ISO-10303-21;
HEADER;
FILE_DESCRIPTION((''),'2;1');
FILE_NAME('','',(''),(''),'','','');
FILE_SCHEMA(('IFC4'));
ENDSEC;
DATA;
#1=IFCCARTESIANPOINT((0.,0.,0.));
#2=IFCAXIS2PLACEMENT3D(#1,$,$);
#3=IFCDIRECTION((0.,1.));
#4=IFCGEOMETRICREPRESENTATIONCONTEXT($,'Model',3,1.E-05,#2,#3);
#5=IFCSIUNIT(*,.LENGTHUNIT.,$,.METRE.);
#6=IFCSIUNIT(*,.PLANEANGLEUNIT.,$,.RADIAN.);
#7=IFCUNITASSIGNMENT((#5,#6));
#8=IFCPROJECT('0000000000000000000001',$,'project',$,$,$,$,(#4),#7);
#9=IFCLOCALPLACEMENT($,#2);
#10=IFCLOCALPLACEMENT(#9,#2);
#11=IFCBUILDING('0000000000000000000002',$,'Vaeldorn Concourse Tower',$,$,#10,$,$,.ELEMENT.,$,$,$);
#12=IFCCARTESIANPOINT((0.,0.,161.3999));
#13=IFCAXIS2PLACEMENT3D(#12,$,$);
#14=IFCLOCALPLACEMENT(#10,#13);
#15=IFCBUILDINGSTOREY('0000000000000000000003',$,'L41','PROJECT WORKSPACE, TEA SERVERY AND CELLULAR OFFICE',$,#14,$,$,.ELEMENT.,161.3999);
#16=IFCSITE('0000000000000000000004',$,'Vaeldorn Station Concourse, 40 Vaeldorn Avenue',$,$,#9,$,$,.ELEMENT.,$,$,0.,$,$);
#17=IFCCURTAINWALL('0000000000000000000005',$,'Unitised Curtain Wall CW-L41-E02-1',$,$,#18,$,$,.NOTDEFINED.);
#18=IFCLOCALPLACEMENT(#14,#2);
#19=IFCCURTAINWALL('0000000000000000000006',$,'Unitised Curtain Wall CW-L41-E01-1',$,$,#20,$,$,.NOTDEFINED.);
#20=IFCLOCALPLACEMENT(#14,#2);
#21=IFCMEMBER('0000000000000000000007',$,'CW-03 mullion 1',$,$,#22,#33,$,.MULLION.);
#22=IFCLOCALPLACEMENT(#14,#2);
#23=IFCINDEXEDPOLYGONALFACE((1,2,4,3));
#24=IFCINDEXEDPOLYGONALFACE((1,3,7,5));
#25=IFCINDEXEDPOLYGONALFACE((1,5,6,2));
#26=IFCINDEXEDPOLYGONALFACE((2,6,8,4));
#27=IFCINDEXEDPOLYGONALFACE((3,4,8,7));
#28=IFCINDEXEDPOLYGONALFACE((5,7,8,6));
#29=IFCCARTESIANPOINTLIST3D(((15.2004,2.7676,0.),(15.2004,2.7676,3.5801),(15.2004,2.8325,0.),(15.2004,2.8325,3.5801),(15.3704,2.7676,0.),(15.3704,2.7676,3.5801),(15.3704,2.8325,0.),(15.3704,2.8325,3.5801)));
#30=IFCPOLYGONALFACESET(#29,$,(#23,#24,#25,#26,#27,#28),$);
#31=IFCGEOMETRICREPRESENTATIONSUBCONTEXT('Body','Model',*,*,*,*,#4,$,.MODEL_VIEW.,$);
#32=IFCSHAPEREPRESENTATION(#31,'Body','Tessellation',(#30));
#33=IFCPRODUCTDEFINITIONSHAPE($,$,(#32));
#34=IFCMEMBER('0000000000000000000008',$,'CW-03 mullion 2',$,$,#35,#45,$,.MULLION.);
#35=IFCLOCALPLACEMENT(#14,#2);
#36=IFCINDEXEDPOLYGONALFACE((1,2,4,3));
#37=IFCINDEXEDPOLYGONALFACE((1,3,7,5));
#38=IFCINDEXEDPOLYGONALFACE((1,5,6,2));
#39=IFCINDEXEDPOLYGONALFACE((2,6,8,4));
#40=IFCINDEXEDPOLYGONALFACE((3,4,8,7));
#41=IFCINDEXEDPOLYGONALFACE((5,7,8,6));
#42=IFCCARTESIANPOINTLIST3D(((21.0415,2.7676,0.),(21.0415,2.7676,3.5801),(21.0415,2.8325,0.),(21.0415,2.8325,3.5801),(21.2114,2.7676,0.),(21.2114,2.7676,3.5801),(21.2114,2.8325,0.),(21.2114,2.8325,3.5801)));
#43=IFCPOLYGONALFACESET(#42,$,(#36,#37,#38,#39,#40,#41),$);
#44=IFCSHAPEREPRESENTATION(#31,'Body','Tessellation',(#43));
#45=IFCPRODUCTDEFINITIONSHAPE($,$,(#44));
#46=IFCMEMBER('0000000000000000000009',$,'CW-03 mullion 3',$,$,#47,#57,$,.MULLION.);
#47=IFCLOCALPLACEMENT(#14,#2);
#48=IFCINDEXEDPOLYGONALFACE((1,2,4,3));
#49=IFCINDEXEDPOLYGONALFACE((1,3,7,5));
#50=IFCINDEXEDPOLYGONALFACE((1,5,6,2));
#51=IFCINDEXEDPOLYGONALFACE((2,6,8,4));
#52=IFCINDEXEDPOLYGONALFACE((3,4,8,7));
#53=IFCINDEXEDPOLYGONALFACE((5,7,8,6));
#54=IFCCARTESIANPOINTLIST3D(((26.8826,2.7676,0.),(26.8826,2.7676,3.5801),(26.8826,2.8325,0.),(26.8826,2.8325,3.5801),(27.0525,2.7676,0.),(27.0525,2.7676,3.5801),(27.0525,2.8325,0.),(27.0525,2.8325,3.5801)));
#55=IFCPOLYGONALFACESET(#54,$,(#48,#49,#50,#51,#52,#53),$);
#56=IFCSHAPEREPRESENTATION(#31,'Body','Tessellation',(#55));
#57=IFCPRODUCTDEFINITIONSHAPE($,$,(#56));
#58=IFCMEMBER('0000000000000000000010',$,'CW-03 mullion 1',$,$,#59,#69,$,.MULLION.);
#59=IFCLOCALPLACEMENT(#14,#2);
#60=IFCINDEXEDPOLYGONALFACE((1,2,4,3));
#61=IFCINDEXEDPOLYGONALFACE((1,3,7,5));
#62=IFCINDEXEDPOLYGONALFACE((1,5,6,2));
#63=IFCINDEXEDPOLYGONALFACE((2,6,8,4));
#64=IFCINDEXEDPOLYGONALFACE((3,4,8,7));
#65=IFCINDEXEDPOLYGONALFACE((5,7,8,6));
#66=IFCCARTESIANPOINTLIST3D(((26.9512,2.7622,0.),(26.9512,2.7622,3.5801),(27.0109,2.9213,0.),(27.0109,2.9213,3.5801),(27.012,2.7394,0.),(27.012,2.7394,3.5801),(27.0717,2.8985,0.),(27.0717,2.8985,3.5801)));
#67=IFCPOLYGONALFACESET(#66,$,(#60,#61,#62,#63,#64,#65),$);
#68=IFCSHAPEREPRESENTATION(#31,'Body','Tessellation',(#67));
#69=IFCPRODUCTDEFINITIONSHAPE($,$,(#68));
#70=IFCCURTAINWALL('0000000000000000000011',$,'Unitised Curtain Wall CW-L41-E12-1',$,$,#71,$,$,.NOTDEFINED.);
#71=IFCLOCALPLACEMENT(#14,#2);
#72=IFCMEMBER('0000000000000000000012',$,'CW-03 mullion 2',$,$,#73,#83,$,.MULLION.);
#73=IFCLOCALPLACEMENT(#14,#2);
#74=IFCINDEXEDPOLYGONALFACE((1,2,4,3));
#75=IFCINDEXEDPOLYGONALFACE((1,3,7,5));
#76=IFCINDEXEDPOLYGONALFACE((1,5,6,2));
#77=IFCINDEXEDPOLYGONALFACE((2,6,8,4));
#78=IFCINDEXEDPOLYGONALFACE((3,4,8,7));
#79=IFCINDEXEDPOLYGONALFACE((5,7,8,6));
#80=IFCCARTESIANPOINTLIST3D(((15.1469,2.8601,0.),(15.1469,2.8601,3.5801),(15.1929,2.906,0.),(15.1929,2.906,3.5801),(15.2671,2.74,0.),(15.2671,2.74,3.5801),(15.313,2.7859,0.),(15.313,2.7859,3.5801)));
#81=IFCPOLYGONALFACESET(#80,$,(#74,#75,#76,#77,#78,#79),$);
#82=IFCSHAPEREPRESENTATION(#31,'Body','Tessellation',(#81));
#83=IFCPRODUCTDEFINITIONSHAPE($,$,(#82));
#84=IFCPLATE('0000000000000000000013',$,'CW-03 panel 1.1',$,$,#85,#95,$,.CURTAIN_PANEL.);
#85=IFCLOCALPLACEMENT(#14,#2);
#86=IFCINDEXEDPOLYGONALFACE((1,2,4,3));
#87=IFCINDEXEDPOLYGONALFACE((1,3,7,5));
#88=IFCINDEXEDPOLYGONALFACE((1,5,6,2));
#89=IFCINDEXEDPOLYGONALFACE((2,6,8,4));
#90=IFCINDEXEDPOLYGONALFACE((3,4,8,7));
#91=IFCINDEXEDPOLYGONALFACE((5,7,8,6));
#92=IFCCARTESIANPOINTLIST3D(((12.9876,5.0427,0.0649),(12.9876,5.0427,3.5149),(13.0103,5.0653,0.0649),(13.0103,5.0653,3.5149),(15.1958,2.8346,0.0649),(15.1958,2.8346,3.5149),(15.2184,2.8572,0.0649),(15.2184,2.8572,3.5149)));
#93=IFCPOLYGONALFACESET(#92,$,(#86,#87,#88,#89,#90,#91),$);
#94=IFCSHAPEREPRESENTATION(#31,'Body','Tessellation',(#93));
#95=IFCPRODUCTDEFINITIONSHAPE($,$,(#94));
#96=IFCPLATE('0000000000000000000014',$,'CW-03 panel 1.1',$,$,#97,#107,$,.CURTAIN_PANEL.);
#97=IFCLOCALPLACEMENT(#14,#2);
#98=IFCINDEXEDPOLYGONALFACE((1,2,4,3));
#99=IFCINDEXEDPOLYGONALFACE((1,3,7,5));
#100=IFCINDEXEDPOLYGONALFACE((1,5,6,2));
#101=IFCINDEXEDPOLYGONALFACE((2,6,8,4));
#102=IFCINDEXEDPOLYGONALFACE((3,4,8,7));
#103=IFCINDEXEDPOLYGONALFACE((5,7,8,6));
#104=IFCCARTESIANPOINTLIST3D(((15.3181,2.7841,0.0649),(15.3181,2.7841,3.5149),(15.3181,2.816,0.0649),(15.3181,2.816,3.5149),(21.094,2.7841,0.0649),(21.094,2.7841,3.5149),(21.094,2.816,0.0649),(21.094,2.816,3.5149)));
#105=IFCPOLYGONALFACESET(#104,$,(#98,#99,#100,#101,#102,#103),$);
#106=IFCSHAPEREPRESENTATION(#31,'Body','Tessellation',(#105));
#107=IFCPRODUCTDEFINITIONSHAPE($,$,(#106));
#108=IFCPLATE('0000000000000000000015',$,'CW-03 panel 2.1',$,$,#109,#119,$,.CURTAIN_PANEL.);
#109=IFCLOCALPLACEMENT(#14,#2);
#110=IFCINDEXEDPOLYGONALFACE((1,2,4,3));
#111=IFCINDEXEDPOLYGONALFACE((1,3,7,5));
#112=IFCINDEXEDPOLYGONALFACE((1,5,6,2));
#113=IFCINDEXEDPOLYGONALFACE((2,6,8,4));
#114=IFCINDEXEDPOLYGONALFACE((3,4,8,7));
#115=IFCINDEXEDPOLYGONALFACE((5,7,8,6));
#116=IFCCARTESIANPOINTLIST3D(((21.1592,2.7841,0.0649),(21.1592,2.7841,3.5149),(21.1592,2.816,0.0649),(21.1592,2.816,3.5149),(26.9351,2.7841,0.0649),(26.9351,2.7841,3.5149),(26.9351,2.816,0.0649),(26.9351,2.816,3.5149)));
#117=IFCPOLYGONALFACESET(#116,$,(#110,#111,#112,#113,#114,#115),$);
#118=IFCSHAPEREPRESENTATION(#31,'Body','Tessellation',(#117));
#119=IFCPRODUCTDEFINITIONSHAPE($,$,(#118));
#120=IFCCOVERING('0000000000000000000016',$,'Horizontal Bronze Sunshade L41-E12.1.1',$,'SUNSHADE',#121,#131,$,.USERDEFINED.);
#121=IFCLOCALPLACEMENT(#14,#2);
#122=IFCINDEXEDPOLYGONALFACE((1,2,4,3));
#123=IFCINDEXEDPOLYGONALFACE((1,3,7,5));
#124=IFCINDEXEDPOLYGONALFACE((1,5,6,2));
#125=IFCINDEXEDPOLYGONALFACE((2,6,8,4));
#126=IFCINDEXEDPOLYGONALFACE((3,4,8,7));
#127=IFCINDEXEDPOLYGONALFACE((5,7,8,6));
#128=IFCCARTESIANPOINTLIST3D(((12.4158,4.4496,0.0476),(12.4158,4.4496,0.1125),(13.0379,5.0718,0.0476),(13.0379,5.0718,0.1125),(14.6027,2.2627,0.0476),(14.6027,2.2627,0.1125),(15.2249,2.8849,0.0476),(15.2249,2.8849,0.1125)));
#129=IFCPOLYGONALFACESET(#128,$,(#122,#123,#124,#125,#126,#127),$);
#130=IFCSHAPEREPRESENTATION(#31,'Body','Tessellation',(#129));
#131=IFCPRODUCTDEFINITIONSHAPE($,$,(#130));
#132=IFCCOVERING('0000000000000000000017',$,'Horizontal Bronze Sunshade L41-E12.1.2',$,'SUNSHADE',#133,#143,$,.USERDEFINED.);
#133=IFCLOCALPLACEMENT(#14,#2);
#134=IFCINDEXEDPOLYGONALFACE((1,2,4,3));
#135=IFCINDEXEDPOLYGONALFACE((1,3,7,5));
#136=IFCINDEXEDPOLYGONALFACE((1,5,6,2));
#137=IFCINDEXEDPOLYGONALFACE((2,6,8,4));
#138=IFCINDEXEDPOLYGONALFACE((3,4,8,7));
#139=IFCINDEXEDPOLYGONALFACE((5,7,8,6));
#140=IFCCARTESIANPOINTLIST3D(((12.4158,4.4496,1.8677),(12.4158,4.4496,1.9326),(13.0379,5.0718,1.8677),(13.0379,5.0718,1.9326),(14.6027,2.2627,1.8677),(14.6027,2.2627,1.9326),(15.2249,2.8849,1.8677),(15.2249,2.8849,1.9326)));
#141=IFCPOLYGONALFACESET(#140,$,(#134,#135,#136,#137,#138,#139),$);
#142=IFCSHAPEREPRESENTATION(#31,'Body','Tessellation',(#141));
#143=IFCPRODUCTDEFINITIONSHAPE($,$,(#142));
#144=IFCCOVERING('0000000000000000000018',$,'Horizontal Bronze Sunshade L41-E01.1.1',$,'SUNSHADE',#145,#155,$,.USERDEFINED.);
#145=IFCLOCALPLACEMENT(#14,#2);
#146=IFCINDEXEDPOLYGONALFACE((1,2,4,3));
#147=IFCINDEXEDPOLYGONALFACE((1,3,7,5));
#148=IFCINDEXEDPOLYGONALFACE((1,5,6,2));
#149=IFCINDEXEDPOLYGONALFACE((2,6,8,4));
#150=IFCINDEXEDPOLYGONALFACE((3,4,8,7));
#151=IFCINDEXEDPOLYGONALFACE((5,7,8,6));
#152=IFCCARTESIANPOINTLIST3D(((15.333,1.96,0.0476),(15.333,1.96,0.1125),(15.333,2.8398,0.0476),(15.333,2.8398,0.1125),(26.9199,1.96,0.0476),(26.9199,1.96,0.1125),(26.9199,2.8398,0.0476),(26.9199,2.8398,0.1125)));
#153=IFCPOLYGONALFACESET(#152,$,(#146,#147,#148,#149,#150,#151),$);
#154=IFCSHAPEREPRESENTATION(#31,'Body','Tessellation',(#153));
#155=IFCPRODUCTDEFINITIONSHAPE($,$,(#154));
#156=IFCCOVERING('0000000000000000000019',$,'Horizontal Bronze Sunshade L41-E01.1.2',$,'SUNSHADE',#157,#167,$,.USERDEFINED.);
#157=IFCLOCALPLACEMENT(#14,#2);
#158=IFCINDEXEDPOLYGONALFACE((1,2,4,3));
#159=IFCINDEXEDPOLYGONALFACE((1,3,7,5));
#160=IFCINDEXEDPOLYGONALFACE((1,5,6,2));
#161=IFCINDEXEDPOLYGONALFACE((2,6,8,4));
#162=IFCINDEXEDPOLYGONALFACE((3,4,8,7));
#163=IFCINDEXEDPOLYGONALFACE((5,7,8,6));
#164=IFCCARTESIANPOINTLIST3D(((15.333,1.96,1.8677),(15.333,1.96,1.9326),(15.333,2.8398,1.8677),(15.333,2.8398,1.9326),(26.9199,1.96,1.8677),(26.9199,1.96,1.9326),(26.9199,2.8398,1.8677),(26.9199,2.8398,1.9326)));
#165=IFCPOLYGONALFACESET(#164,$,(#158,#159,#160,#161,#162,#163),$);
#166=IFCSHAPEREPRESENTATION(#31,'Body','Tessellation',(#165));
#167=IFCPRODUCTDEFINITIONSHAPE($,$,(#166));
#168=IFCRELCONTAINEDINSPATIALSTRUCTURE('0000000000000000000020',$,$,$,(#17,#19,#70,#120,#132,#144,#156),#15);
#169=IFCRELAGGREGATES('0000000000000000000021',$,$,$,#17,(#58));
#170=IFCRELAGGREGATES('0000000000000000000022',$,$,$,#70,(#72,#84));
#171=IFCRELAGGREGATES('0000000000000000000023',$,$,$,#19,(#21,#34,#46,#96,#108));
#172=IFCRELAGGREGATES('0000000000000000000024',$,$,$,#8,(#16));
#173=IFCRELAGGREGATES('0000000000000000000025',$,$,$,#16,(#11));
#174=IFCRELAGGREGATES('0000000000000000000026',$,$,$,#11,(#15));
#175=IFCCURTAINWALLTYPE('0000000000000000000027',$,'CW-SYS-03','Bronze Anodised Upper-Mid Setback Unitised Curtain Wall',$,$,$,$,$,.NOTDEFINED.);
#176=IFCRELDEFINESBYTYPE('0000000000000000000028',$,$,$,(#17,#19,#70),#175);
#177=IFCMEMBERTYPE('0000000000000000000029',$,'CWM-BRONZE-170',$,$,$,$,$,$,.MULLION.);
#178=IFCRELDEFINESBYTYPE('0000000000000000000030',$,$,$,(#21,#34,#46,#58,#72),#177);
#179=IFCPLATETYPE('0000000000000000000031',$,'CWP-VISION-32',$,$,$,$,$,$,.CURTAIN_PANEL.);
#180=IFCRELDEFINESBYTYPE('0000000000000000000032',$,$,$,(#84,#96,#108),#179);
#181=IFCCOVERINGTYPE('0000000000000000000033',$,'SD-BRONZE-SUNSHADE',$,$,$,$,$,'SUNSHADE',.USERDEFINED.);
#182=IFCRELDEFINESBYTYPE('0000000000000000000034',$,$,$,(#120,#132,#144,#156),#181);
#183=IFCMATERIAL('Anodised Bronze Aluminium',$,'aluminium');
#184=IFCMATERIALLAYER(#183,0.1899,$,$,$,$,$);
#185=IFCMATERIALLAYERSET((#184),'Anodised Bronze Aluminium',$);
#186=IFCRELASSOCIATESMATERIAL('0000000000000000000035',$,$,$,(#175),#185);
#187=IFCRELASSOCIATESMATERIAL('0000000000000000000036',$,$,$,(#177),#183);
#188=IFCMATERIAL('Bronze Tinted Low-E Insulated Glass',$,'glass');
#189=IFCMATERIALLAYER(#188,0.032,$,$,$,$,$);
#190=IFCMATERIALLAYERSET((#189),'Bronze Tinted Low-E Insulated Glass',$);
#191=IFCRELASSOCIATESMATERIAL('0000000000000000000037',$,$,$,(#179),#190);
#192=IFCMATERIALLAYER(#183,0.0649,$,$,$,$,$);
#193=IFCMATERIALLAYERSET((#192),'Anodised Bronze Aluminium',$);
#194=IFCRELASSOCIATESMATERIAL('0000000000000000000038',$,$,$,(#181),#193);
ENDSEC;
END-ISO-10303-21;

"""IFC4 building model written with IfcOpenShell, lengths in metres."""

from ifc_helpers import new_model, si_unit, direction, frame, origin, origin_2d, place, context, subcontext, project, spatial, rectangle, extrude, source, transform, mapped, material, layer, layer_set, material_profile, profile_set, type_object, element, aggregate, save


model = new_model("IFC4")

# Units and contexts
model_context = context("Model", 3, precision=1e-05, world=origin(), true_north=direction((0.0, 1.0)))
body_context = subcontext(model_context, "Body", "Model", "MODEL_VIEW")
ifc_project = project(units=[si_unit("LENGTHUNIT", "METRE"), si_unit("PLANEANGLEUNIT", "RADIAN")], contexts=[model_context])

# Site, building, storey
site_placement = place(None, origin())
site = spatial("IfcSite", under=ifc_project, at=site_placement, Name="Vaeldorn Station Concourse, 40 Vaeldorn Avenue", CompositionType="ELEMENT", RefElevation=0.0)
building_placement = place(site_placement, origin())
building = spatial("IfcBuilding", under=site, at=building_placement, Name="Vaeldorn Concourse Tower", CompositionType="ELEMENT")
storey_placement = place(building_placement, frame((0.0, 0.0, 161.3999)))
storey = spatial("IfcBuildingStorey", under=building, at=storey_placement, Name="L41", Description="PROJECT WORKSPACE, TEA SERVERY AND CELLULAR OFFICE", CompositionType="ELEMENT", Elevation=161.3999)

# Curtain walls, members
ifc_material_1 = material(Name="Anodised Bronze Aluminium", Category="aluminium")
ifc_layer_1 = layer(ifc_material_1, 0.1899)
ifc_layer_set_1 = layer_set([ifc_layer_1], Name="Anodised Bronze Aluminium")
curtain_wall_type = type_object("IfcCurtainWallType", Name="CW-SYS-03", Description="Bronze Anodised Upper-Mid Setback Unitised Curtain Wall", PredefinedType="NOTDEFINED", material=ifc_layer_set_1)
curtain_wall_1_placement = place(storey_placement, origin())
curtain_wall_1 = element("IfcCurtainWall", 1, at=curtain_wall_1_placement, inside=storey, type_object=curtain_wall_type, Name="Unitised Curtain Wall CW-L41-E02-1", PredefinedType="NOTDEFINED")
curtain_wall_2_placement = place(storey_placement, origin())
curtain_wall_2 = element("IfcCurtainWall", 2, at=curtain_wall_2_placement, inside=storey, type_object=curtain_wall_type, Name="Unitised Curtain Wall CW-L41-E01-1", PredefinedType="NOTDEFINED")
ifc_material_profile_1 = material_profile(ifc_material_1, rectangle(XDim=0.0649, YDim=0.1699, at=origin_2d()), Name="CWM 65x170")
ifc_profile_set_1 = profile_set([ifc_material_profile_1], Name="Anodised Bronze Aluminium")
member_type_1 = type_object("IfcMemberType", Name="CWM-BRONZE-170", PredefinedType="MULLION", material=ifc_profile_set_1)
shared_shape_1 = source(origin(), body_context, "Body", "SweptSolid", [
    extrude(rectangle(XDim=0.0649, YDim=0.1699, at=origin_2d()), origin(), (0.0, 0.0, 1.0), 3.5801),
])
member_1_placement = place(storey_placement, frame((15.2854, 2.8, 0.0), z_axis=(0.0, 0.0, 1.0), x_axis=(0.0, 1.0, 0.0)))
member_1 = element("IfcMember", 3, at=member_1_placement, type_object=member_type_1, Name="CW-03 mullion 1", PredefinedType="MULLION", context=body_context, shape_type="MappedRepresentation", body=[
    mapped(shared_shape_1, transform((0.0, 0.0, 0.0), scale=1.0)),
])
member_2_placement = place(storey_placement, frame((21.1265, 2.8, 0.0), z_axis=(0.0, 0.0, 1.0), x_axis=(0.0, 1.0, 0.0)))
member_2 = element("IfcMember", 4, at=member_2_placement, type_object=member_type_1, Name="CW-03 mullion 2", PredefinedType="MULLION", context=body_context, shape_type="MappedRepresentation", body=[
    mapped(shared_shape_1, transform((0.0, 0.0, 0.0), scale=1.0)),
])
member_3_placement = place(storey_placement, frame((26.9675, 2.8, 0.0), z_axis=(0.0, 0.0, 1.0), x_axis=(0.0, 1.0, 0.0)))
member_3 = element("IfcMember", 5, at=member_3_placement, type_object=member_type_1, Name="CW-03 mullion 3", PredefinedType="MULLION", context=body_context, shape_type="MappedRepresentation", body=[
    mapped(shared_shape_1, transform((0.0, 0.0, 0.0), scale=1.0)),
])

# Member
member_4_placement = place(storey_placement, frame((27.0115, 2.8303, 0.0), z_axis=(0.0, 0.0, 1.0), x_axis=(-0.936329, 0.351123, 0.0)))
member_4 = element("IfcMember", 6, at=member_4_placement, type_object=member_type_1, Name="CW-03 mullion 1", PredefinedType="MULLION", context=body_context, shape_type="MappedRepresentation", body=[
    mapped(shared_shape_1, transform((0.0, 0.0, 0.0), scale=1.0)),
])
aggregate(curtain_wall_1, [member_4])

# Curtain wall, member, plate
curtain_wall_3_placement = place(storey_placement, origin())
curtain_wall_3 = element("IfcCurtainWall", 7, at=curtain_wall_3_placement, inside=storey, type_object=curtain_wall_type, Name="Unitised Curtain Wall CW-L41-E12-1", PredefinedType="NOTDEFINED")
member_5_placement = place(storey_placement, frame((15.23, 2.823, 0.0), z_axis=(0.0, 0.0, 1.0), x_axis=(0.707107, 0.707107, 0.0)))
member_5 = element("IfcMember", 8, at=member_5_placement, type_object=member_type_1, Name="CW-03 mullion 2", PredefinedType="MULLION", context=body_context, shape_type="MappedRepresentation", body=[
    mapped(shared_shape_1, transform((0.0, 0.0, 0.0), scale=1.0)),
])
ifc_material_2 = material(Name="Bronze Tinted Low-E Insulated Glass", Category="glass")
ifc_layer_2 = layer(ifc_material_2, 0.032)
ifc_layer_set_2 = layer_set([ifc_layer_2], Name="Bronze Tinted Low-E Insulated Glass")
plate_type = type_object("IfcPlateType", Name="CWP-VISION-32", PredefinedType="CURTAIN_PANEL", material=ifc_layer_set_2)
shared_shape_2 = source(origin(), body_context, "Body", "SweptSolid", [
    extrude(rectangle(XDim=3.1228, YDim=0.032, at=origin_2d()), origin(), (0.0, 0.0, 1.0), 3.45),
])
plate_1_placement = place(storey_placement, frame((14.103, 3.95, 0.0649), z_axis=(0.0, 0.0, 1.0), x_axis=(0.707107, -0.707107, 0.0)))
plate_1 = element("IfcPlate", 9, at=plate_1_placement, type_object=plate_type, Name="CW-03 panel 1.1", PredefinedType="CURTAIN_PANEL", context=body_context, shape_type="MappedRepresentation", body=[
    mapped(shared_shape_2, transform((0.0, 0.0, 0.0), scale=1.0)),
])
aggregate(curtain_wall_3, [member_5, plate_1])

# Plates
shared_shape_3 = source(origin(), body_context, "Body", "SweptSolid", [
    extrude(rectangle(XDim=5.7759, YDim=0.032, at=origin_2d()), origin(), (0.0, 0.0, 1.0), 3.45),
])
plate_2_placement = place(storey_placement, frame((18.2061, 2.8, 0.0649), z_axis=(0.0, 0.0, 1.0), x_axis=(1.0, 0.0, 0.0)))
plate_2 = element("IfcPlate", 10, at=plate_2_placement, type_object=plate_type, Name="CW-03 panel 1.1", PredefinedType="CURTAIN_PANEL", context=body_context, shape_type="MappedRepresentation", body=[
    mapped(shared_shape_3, transform((0.0, 0.0, 0.0), scale=1.0)),
])
plate_3_placement = place(storey_placement, frame((24.0471, 2.8, 0.0649), z_axis=(0.0, 0.0, 1.0), x_axis=(1.0, 0.0, 0.0)))
plate_3 = element("IfcPlate", 11, at=plate_3_placement, type_object=plate_type, Name="CW-03 panel 2.1", PredefinedType="CURTAIN_PANEL", context=body_context, shape_type="MappedRepresentation", body=[
    mapped(shared_shape_3, transform((0.0, 0.0, 0.0), scale=1.0)),
])
aggregate(curtain_wall_2, [member_1, member_2, member_3, plate_2, plate_3])

# Coverings
ifc_layer_3 = layer(ifc_material_1, 0.0649)
ifc_layer_set_3 = layer_set([ifc_layer_3], Name="Anodised Bronze Aluminium")
covering_type = type_object("IfcCoveringType", Name="SD-BRONZE-SUNSHADE", ElementType="SUNSHADE", PredefinedType="USERDEFINED", material=ifc_layer_set_3)
shared_shape_4 = source(origin(), body_context, "Body", "SweptSolid", [
    extrude(rectangle(XDim=3.0928, YDim=0.8799, at=origin_2d()), origin(), (0.0, 0.0, 1.0), 0.0649),
])
for number, where, z_axis, x_axis, name in (
    (12, (13.8203, 3.6672, 0.0476), (0.0, 0.0, 1.0), (0.707107, -0.707107, 0.0), "Horizontal Bronze Sunshade L41-E12.1.1"),
    (13, (13.8203, 3.6672, 1.8677), (0.0, 0.0, 1.0), (0.707107, -0.707107, 0.0), "Horizontal Bronze Sunshade L41-E12.1.2"),
):
    element("IfcCovering", number, at=place(storey_placement, frame(where, z_axis=z_axis, x_axis=x_axis)), inside=storey, type_object=covering_type, Name=name, ObjectType="SUNSHADE", PredefinedType="USERDEFINED", context=body_context, shape_type="MappedRepresentation", body=[
        mapped(shared_shape_4, transform((0.0, 0.0, 0.0), scale=1.0)),
    ])
shared_shape_5 = source(origin(), body_context, "Body", "SweptSolid", [
    extrude(rectangle(XDim=11.5869, YDim=0.8799, at=origin_2d()), origin(), (0.0, 0.0, 1.0), 0.0649),
])
for number, where, z_axis, x_axis, name in (
    (14, (21.1265, 2.3999, 0.0476), (0.0, 0.0, 1.0), (1.0, 0.0, 0.0), "Horizontal Bronze Sunshade L41-E01.1.1"),
    (15, (21.1265, 2.3999, 1.8677), (0.0, 0.0, 1.0), (1.0, 0.0, 0.0), "Horizontal Bronze Sunshade L41-E01.1.2"),
):
    element("IfcCovering", number, at=place(storey_placement, frame(where, z_axis=z_axis, x_axis=x_axis)), inside=storey, type_object=covering_type, Name=name, ObjectType="SUNSHADE", PredefinedType="USERDEFINED", context=body_context, shape_type="MappedRepresentation", body=[
        mapped(shared_shape_5, transform((0.0, 0.0, 0.0), scale=1.0)),
    ])

save(model, "model.ifc")
